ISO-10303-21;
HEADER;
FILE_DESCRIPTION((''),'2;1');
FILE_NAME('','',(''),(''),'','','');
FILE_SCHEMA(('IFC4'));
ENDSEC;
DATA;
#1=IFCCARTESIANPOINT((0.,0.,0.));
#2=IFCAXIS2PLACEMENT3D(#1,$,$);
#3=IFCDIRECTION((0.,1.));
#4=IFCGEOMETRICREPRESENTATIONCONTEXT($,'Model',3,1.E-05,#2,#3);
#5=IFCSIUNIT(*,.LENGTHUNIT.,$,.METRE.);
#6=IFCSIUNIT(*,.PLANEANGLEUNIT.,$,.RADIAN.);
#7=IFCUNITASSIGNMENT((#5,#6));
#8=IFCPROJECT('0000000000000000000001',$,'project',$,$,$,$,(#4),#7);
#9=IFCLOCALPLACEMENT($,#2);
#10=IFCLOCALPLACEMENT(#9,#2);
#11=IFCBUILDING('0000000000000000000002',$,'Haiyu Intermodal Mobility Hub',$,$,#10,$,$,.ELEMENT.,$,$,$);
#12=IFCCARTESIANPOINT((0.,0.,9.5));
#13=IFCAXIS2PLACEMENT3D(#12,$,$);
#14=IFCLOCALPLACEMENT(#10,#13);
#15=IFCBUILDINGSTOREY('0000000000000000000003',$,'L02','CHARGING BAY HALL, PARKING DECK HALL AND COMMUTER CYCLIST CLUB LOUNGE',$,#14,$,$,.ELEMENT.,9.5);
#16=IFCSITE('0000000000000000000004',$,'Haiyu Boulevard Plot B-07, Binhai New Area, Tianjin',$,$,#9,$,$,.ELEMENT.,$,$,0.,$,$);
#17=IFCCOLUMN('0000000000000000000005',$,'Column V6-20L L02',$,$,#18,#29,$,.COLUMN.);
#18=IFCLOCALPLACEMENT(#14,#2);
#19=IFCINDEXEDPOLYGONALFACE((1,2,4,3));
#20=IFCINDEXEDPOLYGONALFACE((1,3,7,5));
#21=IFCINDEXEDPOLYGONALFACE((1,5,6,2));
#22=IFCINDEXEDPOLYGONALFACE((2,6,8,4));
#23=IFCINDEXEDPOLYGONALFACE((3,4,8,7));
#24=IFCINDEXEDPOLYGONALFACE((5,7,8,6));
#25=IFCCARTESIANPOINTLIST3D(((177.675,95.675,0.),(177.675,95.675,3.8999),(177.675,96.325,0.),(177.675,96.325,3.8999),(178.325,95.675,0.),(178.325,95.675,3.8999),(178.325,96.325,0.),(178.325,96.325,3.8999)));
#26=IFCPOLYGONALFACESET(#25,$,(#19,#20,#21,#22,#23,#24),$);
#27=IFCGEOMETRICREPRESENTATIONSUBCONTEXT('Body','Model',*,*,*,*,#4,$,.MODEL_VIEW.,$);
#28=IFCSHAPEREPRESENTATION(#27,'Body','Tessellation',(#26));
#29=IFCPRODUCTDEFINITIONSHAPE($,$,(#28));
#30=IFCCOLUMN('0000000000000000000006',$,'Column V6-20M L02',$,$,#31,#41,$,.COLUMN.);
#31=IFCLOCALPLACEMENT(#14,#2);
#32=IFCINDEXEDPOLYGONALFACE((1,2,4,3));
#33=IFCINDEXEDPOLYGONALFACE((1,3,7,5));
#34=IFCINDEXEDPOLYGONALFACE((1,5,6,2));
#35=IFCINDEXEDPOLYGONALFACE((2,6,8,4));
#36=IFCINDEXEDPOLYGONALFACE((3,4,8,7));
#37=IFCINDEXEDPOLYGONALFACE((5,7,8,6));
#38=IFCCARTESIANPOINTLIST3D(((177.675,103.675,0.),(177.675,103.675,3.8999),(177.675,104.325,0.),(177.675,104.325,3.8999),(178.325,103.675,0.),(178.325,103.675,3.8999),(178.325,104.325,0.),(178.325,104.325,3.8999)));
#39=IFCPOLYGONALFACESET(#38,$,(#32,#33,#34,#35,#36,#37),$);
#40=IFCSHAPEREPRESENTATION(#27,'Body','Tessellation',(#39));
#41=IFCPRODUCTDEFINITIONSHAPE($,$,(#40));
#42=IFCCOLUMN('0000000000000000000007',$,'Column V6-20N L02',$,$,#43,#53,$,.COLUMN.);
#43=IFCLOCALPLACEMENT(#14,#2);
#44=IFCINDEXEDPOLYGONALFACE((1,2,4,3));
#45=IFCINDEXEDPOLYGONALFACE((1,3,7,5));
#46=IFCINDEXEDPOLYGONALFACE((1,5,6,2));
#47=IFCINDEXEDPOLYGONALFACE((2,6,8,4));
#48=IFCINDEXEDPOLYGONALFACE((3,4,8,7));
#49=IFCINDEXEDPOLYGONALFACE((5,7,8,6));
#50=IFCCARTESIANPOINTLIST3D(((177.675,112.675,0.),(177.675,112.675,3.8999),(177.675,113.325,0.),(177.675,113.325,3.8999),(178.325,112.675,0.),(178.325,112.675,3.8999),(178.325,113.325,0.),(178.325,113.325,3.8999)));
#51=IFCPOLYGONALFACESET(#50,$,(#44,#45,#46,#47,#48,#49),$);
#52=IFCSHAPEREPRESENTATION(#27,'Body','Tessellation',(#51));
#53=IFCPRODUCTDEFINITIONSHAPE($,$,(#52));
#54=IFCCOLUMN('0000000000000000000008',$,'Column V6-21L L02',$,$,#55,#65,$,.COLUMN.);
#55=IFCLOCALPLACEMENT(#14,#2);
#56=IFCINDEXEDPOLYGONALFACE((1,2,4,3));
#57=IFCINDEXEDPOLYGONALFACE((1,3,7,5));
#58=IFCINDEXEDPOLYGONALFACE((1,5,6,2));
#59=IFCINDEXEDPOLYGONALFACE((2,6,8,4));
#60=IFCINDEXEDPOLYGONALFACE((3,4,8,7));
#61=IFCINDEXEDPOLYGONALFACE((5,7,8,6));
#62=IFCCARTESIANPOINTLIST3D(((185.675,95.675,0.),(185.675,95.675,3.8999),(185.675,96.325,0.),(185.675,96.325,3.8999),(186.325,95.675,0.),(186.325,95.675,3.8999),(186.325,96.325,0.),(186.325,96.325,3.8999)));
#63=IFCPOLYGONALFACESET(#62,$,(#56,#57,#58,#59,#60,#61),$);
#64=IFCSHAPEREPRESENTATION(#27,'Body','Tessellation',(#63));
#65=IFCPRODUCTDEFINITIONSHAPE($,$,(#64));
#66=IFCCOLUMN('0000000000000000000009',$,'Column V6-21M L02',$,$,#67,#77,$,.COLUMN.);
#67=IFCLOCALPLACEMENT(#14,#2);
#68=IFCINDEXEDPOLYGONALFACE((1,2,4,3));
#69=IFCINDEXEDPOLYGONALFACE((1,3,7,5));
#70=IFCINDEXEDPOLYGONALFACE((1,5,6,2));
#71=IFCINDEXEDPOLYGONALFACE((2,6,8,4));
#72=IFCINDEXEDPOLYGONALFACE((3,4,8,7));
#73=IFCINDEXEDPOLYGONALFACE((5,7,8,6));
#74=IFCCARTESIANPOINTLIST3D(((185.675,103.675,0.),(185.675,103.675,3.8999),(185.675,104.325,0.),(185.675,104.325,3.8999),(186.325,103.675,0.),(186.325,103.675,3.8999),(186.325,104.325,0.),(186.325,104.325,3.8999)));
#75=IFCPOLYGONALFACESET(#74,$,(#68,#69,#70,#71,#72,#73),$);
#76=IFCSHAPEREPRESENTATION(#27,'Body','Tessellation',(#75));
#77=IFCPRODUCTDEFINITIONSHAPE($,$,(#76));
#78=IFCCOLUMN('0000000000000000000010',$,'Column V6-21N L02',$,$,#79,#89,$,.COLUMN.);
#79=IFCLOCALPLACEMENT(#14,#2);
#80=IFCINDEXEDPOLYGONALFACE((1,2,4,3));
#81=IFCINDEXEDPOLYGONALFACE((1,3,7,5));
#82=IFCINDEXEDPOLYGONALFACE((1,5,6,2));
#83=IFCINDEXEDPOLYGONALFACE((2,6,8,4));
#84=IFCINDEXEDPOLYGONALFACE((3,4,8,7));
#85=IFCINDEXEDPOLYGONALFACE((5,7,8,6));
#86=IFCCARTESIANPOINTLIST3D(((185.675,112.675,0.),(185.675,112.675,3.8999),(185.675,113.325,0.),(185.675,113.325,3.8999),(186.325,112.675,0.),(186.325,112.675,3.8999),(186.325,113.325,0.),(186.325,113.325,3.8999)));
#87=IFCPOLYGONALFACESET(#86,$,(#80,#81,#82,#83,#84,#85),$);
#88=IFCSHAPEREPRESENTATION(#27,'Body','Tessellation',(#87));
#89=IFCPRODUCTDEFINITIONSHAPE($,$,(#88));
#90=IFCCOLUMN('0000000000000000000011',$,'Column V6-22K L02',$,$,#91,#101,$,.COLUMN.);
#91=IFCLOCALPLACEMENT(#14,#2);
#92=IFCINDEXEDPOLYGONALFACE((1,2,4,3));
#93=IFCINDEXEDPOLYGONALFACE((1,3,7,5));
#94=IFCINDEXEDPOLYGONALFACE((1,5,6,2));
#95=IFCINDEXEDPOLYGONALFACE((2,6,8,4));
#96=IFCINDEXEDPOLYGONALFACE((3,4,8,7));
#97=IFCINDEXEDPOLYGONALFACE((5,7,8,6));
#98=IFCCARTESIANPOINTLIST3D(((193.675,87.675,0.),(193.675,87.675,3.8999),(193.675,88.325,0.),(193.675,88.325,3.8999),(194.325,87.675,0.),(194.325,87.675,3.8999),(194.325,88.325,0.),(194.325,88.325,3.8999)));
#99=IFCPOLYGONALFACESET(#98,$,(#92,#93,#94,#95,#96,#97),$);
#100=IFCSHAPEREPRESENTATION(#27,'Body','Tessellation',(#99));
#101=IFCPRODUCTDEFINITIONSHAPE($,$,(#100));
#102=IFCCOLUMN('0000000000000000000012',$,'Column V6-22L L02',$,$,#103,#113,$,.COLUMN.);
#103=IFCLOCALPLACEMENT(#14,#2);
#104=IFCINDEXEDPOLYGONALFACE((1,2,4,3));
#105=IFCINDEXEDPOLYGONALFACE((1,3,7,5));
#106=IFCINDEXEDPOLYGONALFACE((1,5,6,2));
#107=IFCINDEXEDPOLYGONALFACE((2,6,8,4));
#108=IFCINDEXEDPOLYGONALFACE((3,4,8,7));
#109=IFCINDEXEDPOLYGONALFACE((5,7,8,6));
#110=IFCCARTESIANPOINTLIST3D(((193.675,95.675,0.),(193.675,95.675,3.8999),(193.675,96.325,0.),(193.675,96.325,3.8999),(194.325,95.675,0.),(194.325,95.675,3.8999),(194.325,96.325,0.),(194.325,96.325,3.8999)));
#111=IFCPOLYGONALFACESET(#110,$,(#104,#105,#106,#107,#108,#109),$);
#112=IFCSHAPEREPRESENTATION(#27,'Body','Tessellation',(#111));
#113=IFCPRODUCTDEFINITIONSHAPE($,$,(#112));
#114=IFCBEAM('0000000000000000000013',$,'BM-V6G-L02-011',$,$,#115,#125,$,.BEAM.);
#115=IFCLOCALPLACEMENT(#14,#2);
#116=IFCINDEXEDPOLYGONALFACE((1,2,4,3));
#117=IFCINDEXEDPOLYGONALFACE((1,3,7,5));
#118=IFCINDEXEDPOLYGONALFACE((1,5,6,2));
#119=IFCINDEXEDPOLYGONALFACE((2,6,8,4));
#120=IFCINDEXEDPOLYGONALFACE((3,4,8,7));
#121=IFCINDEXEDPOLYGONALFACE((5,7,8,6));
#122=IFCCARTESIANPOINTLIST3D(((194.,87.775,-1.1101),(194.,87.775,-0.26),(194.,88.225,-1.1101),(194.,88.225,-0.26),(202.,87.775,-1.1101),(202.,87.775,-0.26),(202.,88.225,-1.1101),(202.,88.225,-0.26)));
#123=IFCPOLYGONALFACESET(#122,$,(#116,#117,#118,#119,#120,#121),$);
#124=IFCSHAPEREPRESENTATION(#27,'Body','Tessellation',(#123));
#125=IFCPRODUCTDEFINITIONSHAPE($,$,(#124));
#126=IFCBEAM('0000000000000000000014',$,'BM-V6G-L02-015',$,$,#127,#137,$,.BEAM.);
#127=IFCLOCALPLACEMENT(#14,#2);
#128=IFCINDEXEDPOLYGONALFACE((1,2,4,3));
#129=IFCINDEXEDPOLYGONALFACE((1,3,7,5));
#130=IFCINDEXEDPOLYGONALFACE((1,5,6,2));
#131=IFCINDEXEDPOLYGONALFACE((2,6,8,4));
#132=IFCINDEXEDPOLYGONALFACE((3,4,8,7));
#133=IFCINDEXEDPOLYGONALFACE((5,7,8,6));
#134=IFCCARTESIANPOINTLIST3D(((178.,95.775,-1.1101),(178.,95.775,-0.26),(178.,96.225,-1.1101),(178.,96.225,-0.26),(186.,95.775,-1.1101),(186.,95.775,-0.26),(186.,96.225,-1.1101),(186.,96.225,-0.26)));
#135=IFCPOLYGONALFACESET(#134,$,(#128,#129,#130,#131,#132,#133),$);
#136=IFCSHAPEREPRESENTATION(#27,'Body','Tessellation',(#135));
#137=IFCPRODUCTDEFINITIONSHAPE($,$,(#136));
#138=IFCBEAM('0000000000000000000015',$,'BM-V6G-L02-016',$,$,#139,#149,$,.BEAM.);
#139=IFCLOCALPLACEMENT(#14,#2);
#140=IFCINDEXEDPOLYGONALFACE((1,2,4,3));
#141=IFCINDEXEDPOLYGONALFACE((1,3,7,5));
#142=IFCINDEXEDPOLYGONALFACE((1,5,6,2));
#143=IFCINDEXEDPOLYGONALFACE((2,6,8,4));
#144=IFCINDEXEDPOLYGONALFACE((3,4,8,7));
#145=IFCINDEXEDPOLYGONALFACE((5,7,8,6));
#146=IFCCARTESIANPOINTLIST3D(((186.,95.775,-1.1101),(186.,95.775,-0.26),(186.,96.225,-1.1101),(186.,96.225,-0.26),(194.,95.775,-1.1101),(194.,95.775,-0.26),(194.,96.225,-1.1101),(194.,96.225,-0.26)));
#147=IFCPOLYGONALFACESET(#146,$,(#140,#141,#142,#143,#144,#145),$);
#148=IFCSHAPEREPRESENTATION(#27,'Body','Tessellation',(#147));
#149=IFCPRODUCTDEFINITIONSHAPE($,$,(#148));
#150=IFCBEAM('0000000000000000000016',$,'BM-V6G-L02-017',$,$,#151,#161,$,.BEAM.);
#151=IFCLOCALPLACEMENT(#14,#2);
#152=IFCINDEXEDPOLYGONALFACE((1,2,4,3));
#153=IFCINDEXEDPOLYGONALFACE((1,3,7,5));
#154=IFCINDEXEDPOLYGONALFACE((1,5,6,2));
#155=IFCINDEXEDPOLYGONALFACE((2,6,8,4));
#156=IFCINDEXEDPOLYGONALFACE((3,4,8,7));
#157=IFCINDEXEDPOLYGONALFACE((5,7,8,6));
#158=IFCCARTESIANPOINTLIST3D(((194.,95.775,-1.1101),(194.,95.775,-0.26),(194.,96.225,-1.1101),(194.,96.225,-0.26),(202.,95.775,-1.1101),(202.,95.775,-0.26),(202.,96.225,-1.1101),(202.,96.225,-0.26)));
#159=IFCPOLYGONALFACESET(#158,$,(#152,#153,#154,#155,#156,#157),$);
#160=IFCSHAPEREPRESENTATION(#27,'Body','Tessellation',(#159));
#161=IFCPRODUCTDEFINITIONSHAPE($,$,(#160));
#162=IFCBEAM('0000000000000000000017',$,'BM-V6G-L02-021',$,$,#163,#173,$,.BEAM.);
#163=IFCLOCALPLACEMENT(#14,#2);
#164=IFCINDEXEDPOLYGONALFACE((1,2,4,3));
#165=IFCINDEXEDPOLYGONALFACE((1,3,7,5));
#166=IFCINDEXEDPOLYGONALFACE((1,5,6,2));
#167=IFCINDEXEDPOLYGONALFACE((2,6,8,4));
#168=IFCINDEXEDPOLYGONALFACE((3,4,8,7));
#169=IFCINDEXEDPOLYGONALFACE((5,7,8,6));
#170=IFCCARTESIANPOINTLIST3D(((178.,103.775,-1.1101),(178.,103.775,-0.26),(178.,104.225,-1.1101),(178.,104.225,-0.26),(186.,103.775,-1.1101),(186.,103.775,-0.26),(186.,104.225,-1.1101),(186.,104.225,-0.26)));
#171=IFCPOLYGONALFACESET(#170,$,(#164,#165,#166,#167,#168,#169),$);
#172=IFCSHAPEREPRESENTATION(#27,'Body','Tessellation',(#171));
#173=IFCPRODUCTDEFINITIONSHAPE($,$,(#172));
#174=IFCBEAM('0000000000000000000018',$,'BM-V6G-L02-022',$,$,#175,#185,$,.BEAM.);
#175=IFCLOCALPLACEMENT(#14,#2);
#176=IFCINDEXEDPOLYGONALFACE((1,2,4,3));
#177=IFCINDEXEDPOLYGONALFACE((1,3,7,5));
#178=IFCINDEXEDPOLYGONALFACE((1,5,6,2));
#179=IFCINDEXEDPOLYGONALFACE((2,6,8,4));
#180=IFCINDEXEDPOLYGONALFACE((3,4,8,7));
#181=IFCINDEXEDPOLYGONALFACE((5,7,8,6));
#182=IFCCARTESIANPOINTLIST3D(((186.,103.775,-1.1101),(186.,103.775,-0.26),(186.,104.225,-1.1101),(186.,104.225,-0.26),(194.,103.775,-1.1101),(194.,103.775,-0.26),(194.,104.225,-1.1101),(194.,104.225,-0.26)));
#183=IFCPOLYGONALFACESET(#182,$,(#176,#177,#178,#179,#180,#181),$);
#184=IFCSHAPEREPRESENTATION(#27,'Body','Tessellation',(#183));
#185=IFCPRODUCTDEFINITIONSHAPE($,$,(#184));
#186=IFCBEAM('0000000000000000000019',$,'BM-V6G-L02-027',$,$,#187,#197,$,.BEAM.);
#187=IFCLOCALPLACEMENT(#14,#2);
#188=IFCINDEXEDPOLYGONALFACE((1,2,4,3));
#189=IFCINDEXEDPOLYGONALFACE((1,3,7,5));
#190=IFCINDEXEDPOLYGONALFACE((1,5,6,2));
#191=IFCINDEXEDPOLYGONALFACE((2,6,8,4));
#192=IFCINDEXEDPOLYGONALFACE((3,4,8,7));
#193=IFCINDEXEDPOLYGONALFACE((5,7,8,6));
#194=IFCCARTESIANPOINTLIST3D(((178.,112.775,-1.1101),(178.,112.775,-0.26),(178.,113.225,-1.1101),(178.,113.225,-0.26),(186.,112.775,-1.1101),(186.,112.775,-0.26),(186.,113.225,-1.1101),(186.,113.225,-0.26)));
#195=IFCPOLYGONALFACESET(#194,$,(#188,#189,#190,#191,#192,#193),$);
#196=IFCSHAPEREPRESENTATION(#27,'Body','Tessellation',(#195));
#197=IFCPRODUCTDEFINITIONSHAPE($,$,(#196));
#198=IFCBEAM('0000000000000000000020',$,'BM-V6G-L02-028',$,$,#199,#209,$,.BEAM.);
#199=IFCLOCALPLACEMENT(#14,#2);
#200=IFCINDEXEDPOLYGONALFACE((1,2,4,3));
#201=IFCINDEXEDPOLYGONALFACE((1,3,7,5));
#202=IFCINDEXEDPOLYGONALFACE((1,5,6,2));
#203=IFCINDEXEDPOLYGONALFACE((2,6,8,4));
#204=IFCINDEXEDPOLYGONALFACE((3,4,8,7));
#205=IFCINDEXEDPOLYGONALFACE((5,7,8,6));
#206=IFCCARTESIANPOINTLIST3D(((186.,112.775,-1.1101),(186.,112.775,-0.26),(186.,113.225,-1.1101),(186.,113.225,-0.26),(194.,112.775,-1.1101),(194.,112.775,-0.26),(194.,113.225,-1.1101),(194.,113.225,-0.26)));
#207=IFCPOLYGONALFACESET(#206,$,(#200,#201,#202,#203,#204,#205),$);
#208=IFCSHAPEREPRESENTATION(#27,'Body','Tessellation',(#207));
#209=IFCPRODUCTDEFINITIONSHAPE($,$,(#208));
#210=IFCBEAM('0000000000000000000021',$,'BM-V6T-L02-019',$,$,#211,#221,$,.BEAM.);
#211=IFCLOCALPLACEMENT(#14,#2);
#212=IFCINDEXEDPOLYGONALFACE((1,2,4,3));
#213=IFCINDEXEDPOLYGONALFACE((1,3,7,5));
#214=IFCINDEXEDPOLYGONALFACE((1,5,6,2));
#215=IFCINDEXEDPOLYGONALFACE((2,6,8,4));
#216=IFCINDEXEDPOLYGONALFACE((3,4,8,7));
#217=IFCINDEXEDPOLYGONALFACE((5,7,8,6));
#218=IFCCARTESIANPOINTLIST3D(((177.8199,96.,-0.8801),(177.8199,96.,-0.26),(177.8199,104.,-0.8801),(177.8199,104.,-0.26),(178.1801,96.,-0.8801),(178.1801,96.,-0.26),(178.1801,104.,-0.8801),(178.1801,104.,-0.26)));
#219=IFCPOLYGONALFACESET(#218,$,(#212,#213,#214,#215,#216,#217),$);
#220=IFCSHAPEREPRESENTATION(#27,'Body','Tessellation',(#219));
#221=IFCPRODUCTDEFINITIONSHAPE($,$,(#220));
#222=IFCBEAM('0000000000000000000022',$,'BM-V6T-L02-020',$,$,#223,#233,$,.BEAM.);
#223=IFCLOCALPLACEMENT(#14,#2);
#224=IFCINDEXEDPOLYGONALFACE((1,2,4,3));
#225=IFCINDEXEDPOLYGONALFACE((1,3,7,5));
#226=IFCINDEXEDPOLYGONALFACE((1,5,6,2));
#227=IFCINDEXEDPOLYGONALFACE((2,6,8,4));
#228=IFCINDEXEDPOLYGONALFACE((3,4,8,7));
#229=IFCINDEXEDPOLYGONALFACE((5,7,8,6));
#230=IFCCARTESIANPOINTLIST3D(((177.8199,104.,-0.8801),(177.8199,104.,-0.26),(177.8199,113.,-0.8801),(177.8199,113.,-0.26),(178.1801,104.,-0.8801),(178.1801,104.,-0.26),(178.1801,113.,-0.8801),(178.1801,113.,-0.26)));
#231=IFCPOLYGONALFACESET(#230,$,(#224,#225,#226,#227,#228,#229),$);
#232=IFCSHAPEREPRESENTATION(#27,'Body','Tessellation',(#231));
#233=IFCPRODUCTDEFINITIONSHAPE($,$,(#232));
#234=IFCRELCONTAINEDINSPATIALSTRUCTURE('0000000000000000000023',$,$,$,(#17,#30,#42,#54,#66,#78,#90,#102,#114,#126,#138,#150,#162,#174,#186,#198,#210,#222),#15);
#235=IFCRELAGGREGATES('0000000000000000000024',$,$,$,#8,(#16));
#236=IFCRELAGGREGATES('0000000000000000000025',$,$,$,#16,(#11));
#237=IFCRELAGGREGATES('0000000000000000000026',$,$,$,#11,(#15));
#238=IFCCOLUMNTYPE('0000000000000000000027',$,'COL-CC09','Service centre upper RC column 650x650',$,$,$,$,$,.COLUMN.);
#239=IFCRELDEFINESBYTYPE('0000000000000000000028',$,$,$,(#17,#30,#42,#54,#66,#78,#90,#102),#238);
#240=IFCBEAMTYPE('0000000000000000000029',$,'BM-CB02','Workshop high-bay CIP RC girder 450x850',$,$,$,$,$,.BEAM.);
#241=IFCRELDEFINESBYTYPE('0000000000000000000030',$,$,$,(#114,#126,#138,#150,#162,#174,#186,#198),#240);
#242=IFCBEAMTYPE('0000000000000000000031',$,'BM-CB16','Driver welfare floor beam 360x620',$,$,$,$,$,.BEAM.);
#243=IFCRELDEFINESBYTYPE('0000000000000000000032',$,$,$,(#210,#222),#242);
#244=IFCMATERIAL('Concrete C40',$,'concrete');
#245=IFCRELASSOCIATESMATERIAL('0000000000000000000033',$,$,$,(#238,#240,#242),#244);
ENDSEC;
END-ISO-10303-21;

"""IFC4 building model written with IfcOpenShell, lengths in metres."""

from ifc_helpers import new_model, si_unit, direction, frame, origin, origin_2d, place, context, subcontext, project, spatial, rectangle, extrude, material, material_profile, profile_set, type_object, element, save


model = new_model("IFC4")

# Units and contexts
model_context = context("Model", 3, precision=1e-05, world=origin(), true_north=direction((0.0, 1.0)))
body_context = subcontext(model_context, "Body", "Model", "MODEL_VIEW")
ifc_project = project(units=[si_unit("LENGTHUNIT", "METRE"), si_unit("PLANEANGLEUNIT", "RADIAN")], contexts=[model_context])

# Site, building, storey
site_placement = place(None, origin())
site = spatial("IfcSite", under=ifc_project, at=site_placement, Name="Haiyu Boulevard Plot B-07, Binhai New Area, Tianjin", CompositionType="ELEMENT", RefElevation=0.0)
building_placement = place(site_placement, origin())
building = spatial("IfcBuilding", under=site, at=building_placement, Name="Haiyu Intermodal Mobility Hub", CompositionType="ELEMENT")
storey_placement = place(building_placement, frame((0.0, 0.0, 9.5)))
storey = spatial("IfcBuildingStorey", under=building, at=storey_placement, Name="L02", Description="CHARGING BAY HALL, PARKING DECK HALL AND COMMUTER CYCLIST CLUB LOUNGE", CompositionType="ELEMENT", Elevation=9.5)

# Columns
ifc_material = material(Name="Concrete C40", Category="concrete")
ifc_material_profile_1 = material_profile(ifc_material, rectangle(XDim=0.6499, YDim=0.6499, at=origin_2d()), Name="RC650x650")
ifc_profile_set_1 = profile_set([ifc_material_profile_1], Name="Concrete C40")
column_type = type_object("IfcColumnType", Name="COL-CC09", Description="Service centre upper RC column 650x650", PredefinedType="COLUMN", material=ifc_profile_set_1)
for number, where, z_axis, x_axis, name in (
    (1, (178.0, 96.0, 0.0), (0.0, 0.0, 1.0), (1.0, 0.0, 0.0), "Column V6-20L L02"),
    (2, (178.0, 104.0, 0.0), (0.0, 0.0, 1.0), (1.0, 0.0, 0.0), "Column V6-20M L02"),
    (3, (178.0, 113.0, 0.0), (0.0, 0.0, 1.0), (1.0, 0.0, 0.0), "Column V6-20N L02"),
    (4, (186.0, 96.0, 0.0), (0.0, 0.0, 1.0), (1.0, 0.0, 0.0), "Column V6-21L L02"),
    (5, (186.0, 104.0, 0.0), (0.0, 0.0, 1.0), (1.0, 0.0, 0.0), "Column V6-21M L02"),
    (6, (186.0, 113.0, 0.0), (0.0, 0.0, 1.0), (1.0, 0.0, 0.0), "Column V6-21N L02"),
    (7, (194.0, 88.0, 0.0), (0.0, 0.0, 1.0), (1.0, 0.0, 0.0), "Column V6-22K L02"),
    (8, (194.0, 96.0, 0.0), (0.0, 0.0, 1.0), (1.0, 0.0, 0.0), "Column V6-22L L02"),
):
    element("IfcColumn", number, at=place(storey_placement, frame(where, z_axis=z_axis, x_axis=x_axis)), inside=storey, type_object=column_type, Name=name, PredefinedType="COLUMN", context=body_context, shape_type="SweptSolid", body=[
        extrude(rectangle(XDim=0.6499, YDim=0.6499, at=origin_2d()), origin(), (0.0, 0.0, 1.0), 3.8999),
    ])

# Beams
ifc_material_profile_2 = material_profile(ifc_material, rectangle(XDim=0.45, YDim=0.8501, at=origin_2d()), Name="RCB450x850")
ifc_profile_set_2 = profile_set([ifc_material_profile_2], Name="Concrete C40")
beam_type_1 = type_object("IfcBeamType", Name="BM-CB02", Description="Workshop high-bay CIP RC girder 450x850", PredefinedType="BEAM", material=ifc_profile_set_2)
for number, where, z_axis, x_axis, name in (
    (9, (194.0, 88.0, -0.6851), (1.0, 0.0, 0.0), (0.0, 1.0, 0.0), "BM-V6G-L02-011"),
    (10, (178.0, 96.0, -0.6851), (1.0, 0.0, 0.0), (0.0, 1.0, 0.0), "BM-V6G-L02-015"),
    (11, (186.0, 96.0, -0.6851), (1.0, 0.0, 0.0), (0.0, 1.0, 0.0), "BM-V6G-L02-016"),
    (12, (194.0, 96.0, -0.6851), (1.0, 0.0, 0.0), (0.0, 1.0, 0.0), "BM-V6G-L02-017"),
    (13, (178.0, 104.0, -0.6851), (1.0, 0.0, 0.0), (0.0, 1.0, 0.0), "BM-V6G-L02-021"),
    (14, (186.0, 104.0, -0.6851), (1.0, 0.0, 0.0), (0.0, 1.0, 0.0), "BM-V6G-L02-022"),
    (15, (178.0, 113.0, -0.6851), (1.0, 0.0, 0.0), (0.0, 1.0, 0.0), "BM-V6G-L02-027"),
    (16, (186.0, 113.0, -0.6851), (1.0, 0.0, 0.0), (0.0, 1.0, 0.0), "BM-V6G-L02-028"),
):
    element("IfcBeam", number, at=place(storey_placement, frame(where, z_axis=z_axis, x_axis=x_axis)), inside=storey, type_object=beam_type_1, Name=name, PredefinedType="BEAM", context=body_context, shape_type="SweptSolid", body=[
        extrude(rectangle(XDim=0.45, YDim=0.8501, at=origin_2d()), origin(), (0.0, 0.0, 1.0), 8.0),
    ])
ifc_material_profile_3 = material_profile(ifc_material, rectangle(XDim=0.3601, YDim=0.6201, at=origin_2d()), Name="B360x620")
ifc_profile_set_3 = profile_set([ifc_material_profile_3], Name="Concrete C40")
beam_type_2 = type_object("IfcBeamType", Name="BM-CB16", Description="Driver welfare floor beam 360x620", PredefinedType="BEAM", material=ifc_profile_set_3)
beam_1_placement = place(storey_placement, frame((178.0, 96.0, -0.5701), z_axis=(0.0, 1.0, 0.0), x_axis=(-1.0, 0.0, 0.0)))
element("IfcBeam", 17, at=beam_1_placement, inside=storey, type_object=beam_type_2, Name="BM-V6T-L02-019", PredefinedType="BEAM", context=body_context, shape_type="SweptSolid", body=[
    extrude(rectangle(XDim=0.3601, YDim=0.6201, at=origin_2d()), origin(), (0.0, 0.0, 1.0), 8.0),
])
for number, where, z_axis, x_axis, name in (
    (18, (178.0, 104.0, -0.5701), (0.0, 1.0, 0.0), (-1.0, 0.0, 0.0), "BM-V6T-L02-020"),
):
    element("IfcBeam", number, at=place(storey_placement, frame(where, z_axis=z_axis, x_axis=x_axis)), inside=storey, type_object=beam_type_2, Name=name, PredefinedType="BEAM", context=body_context, shape_type="SweptSolid", body=[
        extrude(rectangle(XDim=0.3601, YDim=0.6201, at=origin_2d()), origin(), (0.0, 0.0, 1.0), 9.0),
    ])

save(model, "model.ifc")
